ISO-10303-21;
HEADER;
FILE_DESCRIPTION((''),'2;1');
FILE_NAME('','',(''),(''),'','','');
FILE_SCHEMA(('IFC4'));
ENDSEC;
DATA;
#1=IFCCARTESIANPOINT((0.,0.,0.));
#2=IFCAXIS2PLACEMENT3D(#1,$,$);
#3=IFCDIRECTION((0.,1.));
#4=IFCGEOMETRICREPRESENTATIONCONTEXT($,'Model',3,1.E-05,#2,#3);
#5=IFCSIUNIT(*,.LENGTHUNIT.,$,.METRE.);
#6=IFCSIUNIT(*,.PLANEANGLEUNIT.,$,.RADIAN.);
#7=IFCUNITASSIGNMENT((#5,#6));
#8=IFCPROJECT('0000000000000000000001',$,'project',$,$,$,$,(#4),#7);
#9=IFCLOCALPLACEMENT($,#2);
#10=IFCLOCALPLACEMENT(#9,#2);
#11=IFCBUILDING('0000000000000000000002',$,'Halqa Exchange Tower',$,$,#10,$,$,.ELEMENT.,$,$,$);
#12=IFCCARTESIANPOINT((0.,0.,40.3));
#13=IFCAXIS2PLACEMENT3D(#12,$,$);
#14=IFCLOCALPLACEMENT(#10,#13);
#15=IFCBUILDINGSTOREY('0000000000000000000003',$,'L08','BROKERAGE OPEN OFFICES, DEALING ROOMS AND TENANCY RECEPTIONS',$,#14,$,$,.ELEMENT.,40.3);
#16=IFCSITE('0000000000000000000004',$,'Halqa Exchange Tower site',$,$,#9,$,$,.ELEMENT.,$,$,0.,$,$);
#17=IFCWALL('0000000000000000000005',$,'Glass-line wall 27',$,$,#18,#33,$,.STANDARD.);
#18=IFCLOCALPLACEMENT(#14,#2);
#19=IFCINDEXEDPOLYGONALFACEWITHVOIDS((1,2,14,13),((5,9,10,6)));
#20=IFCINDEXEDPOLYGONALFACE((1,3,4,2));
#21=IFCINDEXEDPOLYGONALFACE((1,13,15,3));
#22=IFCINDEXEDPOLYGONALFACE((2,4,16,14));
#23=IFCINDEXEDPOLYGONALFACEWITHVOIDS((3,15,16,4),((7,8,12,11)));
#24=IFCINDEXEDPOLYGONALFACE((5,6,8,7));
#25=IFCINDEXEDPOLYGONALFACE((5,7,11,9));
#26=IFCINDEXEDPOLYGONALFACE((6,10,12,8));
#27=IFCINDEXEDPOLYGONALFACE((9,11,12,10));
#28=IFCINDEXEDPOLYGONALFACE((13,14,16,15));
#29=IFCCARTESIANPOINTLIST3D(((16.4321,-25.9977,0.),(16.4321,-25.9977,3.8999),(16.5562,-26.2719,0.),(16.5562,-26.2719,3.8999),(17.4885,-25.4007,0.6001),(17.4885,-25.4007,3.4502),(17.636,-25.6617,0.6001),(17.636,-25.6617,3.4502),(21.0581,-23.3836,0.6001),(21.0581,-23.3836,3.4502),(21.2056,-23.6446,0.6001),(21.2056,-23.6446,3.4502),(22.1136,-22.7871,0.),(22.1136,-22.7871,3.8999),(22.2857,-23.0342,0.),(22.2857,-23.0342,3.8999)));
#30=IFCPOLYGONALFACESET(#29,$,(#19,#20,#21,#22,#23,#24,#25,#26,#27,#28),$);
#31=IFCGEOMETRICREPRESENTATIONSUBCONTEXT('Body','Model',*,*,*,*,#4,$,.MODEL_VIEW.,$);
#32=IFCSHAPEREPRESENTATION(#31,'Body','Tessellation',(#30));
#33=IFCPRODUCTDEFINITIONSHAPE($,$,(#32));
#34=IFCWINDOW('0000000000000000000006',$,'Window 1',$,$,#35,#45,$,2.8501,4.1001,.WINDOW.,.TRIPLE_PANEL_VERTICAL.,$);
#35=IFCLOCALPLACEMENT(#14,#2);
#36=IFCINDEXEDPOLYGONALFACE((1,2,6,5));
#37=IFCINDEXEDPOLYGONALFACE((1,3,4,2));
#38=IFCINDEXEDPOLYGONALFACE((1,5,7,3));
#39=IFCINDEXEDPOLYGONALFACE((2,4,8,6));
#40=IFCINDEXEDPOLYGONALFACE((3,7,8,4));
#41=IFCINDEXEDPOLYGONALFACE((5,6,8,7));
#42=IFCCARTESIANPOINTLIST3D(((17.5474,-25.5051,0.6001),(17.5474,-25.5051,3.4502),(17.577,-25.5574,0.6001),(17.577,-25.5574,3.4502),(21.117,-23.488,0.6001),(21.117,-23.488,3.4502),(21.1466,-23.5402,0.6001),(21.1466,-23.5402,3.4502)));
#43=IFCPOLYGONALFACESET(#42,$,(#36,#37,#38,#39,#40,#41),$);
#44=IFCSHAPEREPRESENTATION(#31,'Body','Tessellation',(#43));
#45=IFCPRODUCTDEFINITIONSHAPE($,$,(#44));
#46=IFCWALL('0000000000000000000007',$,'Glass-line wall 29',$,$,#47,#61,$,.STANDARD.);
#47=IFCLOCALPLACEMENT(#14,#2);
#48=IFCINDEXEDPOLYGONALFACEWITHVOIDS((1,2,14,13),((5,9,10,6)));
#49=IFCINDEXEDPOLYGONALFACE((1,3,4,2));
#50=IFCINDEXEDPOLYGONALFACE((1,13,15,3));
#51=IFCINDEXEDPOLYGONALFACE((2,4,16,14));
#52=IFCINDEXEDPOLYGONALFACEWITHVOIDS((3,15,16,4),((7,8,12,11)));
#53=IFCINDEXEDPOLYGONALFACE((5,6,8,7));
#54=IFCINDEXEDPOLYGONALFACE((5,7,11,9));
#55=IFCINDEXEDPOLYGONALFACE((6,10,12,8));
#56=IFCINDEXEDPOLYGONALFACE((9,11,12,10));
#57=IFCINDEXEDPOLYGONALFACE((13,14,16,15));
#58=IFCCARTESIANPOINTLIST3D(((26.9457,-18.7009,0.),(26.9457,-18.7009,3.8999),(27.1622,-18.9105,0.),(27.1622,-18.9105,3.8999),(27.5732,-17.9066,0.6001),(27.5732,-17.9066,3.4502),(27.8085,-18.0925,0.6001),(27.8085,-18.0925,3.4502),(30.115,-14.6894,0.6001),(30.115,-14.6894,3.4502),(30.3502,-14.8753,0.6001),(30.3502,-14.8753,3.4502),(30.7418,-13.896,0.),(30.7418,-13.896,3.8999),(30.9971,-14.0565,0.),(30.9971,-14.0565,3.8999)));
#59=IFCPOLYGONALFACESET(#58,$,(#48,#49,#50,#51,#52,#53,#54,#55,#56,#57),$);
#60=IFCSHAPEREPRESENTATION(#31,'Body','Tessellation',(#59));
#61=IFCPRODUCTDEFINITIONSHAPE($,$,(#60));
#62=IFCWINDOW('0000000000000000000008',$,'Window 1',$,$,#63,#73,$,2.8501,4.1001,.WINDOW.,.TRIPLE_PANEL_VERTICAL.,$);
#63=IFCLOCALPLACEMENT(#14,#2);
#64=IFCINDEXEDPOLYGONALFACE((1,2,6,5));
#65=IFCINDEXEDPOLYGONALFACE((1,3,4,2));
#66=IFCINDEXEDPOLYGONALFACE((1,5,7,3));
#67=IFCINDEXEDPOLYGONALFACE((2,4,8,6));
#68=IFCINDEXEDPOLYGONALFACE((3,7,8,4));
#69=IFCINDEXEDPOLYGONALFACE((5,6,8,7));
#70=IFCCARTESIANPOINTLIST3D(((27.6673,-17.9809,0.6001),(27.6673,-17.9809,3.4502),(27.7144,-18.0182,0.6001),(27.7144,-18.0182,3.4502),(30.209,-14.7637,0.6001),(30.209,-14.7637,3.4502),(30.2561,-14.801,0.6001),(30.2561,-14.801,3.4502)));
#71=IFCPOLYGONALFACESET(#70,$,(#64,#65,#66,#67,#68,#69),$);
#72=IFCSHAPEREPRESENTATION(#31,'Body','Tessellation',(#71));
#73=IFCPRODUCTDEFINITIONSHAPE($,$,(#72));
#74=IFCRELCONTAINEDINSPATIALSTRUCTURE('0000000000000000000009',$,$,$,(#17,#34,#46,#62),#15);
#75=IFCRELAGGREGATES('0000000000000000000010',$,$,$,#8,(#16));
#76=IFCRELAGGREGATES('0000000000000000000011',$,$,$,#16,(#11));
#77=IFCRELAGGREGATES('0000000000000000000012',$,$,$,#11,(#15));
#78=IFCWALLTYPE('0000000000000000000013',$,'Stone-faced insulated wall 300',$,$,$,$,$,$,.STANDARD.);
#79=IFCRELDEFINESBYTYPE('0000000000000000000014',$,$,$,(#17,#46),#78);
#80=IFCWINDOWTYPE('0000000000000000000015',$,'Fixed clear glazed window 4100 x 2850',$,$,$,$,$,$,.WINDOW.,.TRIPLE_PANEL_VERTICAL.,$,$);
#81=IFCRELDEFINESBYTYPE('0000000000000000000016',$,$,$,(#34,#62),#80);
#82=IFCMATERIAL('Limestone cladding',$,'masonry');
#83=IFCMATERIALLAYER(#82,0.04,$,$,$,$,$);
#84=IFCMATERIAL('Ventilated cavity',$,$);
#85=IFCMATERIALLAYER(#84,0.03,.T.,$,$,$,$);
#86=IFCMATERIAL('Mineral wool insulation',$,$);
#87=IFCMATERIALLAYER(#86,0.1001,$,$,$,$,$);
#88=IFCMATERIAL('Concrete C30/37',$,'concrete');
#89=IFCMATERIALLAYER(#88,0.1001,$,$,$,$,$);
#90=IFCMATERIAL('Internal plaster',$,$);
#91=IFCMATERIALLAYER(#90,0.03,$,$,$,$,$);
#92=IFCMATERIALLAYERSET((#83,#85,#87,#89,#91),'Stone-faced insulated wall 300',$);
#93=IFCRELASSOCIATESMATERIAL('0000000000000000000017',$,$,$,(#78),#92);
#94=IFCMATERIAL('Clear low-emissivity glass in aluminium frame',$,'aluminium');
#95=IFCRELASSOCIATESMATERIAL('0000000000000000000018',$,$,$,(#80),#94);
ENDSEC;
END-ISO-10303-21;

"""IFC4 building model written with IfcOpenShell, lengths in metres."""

from ifc_helpers import new_model, si_unit, direction, frame, frame_2d, origin, place, context, subcontext, project, spatial, polyline, rectangle, outline, extrude, material, layer, layer_set, type_object, element, fill, save


model = new_model("IFC4")

# Units and contexts
model_context = context("Model", 3, precision=1e-05, world=origin(), true_north=direction((0.0, 1.0)))
body_context = subcontext(model_context, "Body", "Model", "MODEL_VIEW")
ifc_project = project(units=[si_unit("LENGTHUNIT", "METRE"), si_unit("PLANEANGLEUNIT", "RADIAN")], contexts=[model_context])

# Site, building, storey
site_placement = place(None, origin())
site = spatial("IfcSite", under=ifc_project, at=site_placement, Name="Halqa Exchange Tower site", CompositionType="ELEMENT", RefElevation=0.0)
building_placement = place(site_placement, origin())
building = spatial("IfcBuilding", under=site, at=building_placement, Name="Halqa Exchange Tower", CompositionType="ELEMENT")
storey_placement = place(building_placement, frame((0.0, 0.0, 40.3)))
storey = spatial("IfcBuildingStorey", under=building, at=storey_placement, Name="L08", Description="BROKERAGE OPEN OFFICES, DEALING ROOMS AND TENANCY RECEPTIONS", CompositionType="ELEMENT", Elevation=40.3)

# Wall, opening, window
ifc_material_1 = material(Name="Limestone cladding", Category="masonry")
ifc_layer_1 = layer(ifc_material_1, 0.04)
ifc_material_2 = material(Name="Ventilated cavity")
ifc_layer_2 = layer(ifc_material_2, 0.03, ventilated=True)
ifc_material_3 = material(Name="Mineral wool insulation")
ifc_layer_3 = layer(ifc_material_3, 0.1001)
ifc_material_4 = material(Name="Concrete C30/37", Category="concrete")
ifc_layer_4 = layer(ifc_material_4, 0.1001)
ifc_material_5 = material(Name="Internal plaster")
ifc_layer_5 = layer(ifc_material_5, 0.03)
ifc_layer_set_1 = layer_set([ifc_layer_1, ifc_layer_2, ifc_layer_3, ifc_layer_4, ifc_layer_5], Name="Stone-faced insulated wall 300")
wall_type_1 = type_object("IfcWallType", Name="Stone-faced insulated wall 300", PredefinedType="STANDARD", material=ifc_layer_set_1)
wall_1_placement = place(storey_placement, frame((16.4941, -26.1348, 0.0), z_axis=(0.0, 0.0, 1.0), x_axis=(0.870613, 0.491969, 0.0)))
wall_1 = element("IfcWall", 1, at=wall_1_placement, inside=storey, type_object=wall_type_1, Name="Glass-line wall 27", PredefinedType="STANDARD", context=body_context, shape_type="SweptSolid", body=[
    extrude(outline(polyline([(-0.0134, -0.1499), (6.5676, -0.1499), (6.5393, 0.1499), (0.0134, 0.1499), (-0.0134, -0.1499)])), origin(), (0.0, 0.0, 1.0), 3.8999),
])
opening_1_placement = place(wall_1_placement, frame((1.2268, 0.0, 0.6001)))
opening_1 = element("IfcOpeningElement", 2, at=opening_1_placement, cuts=wall_1, PredefinedType="OPENING", context=body_context, shape_type="SweptSolid", body=[
    extrude(rectangle(XDim=4.1001, YDim=2.8501, at=frame_2d((2.05, 1.425))), frame((0.0, 0.1621, 0.0), z_axis=(0.0, -1.0, 0.0), x_axis=(1.0, 0.0, 0.0)), (0.0, 0.0, 1.0), 0.324),
])
ifc_material_6 = material(Name="Clear low-emissivity glass in aluminium frame", Category="aluminium")
window_type = type_object("IfcWindowType", Name="Fixed clear glazed window 4100 x 2850", PartitioningType="TRIPLE_PANEL_VERTICAL", PredefinedType="WINDOW", material=ifc_material_6)
window_1_placement = place(opening_1_placement, origin())
window_1 = element("IfcWindow", 3, at=window_1_placement, inside=storey, type_object=window_type, Name="Window 1", OverallHeight=2.8501, OverallWidth=4.1001, PartitioningType="TRIPLE_PANEL_VERTICAL", PredefinedType="WINDOW", context=body_context, shape_type="SweptSolid", body=[
    extrude(rectangle(XDim=4.1001, YDim=2.8501, at=frame_2d((2.05, 1.425))), frame((0.0, 0.03, 0.0), z_axis=(0.0, -1.0, 0.0), x_axis=(1.0, 0.0, 0.0)), (0.0, 0.0, 1.0), 0.0601),
])
fill(opening_1, window_1)

# Wall, opening, window
wall_2_placement = place(storey_placement, frame((27.054, -18.8057, 0.0), z_axis=(0.0, 0.0, 1.0), x_axis=(0.619923, 0.784662, 0.0)))
wall_2 = element("IfcWall", 4, at=wall_2_placement, inside=storey, type_object=wall_type_1, Name="Glass-line wall 29", PredefinedType="STANDARD", context=body_context, shape_type="SweptSolid", body=[
    extrude(outline(polyline([(-0.0151, -0.1499), (6.1709, -0.1499), (6.1387, 0.1499), (0.0151, 0.1499), (-0.0151, -0.1499)])), origin(), (0.0, 0.0, 1.0), 3.8999),
])
opening_2_placement = place(wall_2_placement, frame((1.0273, 0.0, 0.6001)))
opening_2 = element("IfcOpeningElement", 5, at=opening_2_placement, cuts=wall_2, PredefinedType="OPENING", context=body_context, shape_type="SweptSolid", body=[
    extrude(rectangle(XDim=4.1001, YDim=2.8501, at=frame_2d((2.05, 1.425))), frame((0.0, 0.1621, 0.0), z_axis=(0.0, -1.0, 0.0), x_axis=(1.0, 0.0, 0.0)), (0.0, 0.0, 1.0), 0.324),
])
window_2_placement = place(opening_2_placement, origin())
window_2 = element("IfcWindow", 6, at=window_2_placement, inside=storey, type_object=window_type, Name="Window 1", OverallHeight=2.8501, OverallWidth=4.1001, PartitioningType="TRIPLE_PANEL_VERTICAL", PredefinedType="WINDOW", context=body_context, shape_type="SweptSolid", body=[
    extrude(rectangle(XDim=4.1001, YDim=2.8501, at=frame_2d((2.05, 1.425))), frame((0.0, 0.03, 0.0), z_axis=(0.0, -1.0, 0.0), x_axis=(1.0, 0.0, 0.0)), (0.0, 0.0, 1.0), 0.0601),
])
fill(opening_2, window_2)

save(model, "model.ifc")
